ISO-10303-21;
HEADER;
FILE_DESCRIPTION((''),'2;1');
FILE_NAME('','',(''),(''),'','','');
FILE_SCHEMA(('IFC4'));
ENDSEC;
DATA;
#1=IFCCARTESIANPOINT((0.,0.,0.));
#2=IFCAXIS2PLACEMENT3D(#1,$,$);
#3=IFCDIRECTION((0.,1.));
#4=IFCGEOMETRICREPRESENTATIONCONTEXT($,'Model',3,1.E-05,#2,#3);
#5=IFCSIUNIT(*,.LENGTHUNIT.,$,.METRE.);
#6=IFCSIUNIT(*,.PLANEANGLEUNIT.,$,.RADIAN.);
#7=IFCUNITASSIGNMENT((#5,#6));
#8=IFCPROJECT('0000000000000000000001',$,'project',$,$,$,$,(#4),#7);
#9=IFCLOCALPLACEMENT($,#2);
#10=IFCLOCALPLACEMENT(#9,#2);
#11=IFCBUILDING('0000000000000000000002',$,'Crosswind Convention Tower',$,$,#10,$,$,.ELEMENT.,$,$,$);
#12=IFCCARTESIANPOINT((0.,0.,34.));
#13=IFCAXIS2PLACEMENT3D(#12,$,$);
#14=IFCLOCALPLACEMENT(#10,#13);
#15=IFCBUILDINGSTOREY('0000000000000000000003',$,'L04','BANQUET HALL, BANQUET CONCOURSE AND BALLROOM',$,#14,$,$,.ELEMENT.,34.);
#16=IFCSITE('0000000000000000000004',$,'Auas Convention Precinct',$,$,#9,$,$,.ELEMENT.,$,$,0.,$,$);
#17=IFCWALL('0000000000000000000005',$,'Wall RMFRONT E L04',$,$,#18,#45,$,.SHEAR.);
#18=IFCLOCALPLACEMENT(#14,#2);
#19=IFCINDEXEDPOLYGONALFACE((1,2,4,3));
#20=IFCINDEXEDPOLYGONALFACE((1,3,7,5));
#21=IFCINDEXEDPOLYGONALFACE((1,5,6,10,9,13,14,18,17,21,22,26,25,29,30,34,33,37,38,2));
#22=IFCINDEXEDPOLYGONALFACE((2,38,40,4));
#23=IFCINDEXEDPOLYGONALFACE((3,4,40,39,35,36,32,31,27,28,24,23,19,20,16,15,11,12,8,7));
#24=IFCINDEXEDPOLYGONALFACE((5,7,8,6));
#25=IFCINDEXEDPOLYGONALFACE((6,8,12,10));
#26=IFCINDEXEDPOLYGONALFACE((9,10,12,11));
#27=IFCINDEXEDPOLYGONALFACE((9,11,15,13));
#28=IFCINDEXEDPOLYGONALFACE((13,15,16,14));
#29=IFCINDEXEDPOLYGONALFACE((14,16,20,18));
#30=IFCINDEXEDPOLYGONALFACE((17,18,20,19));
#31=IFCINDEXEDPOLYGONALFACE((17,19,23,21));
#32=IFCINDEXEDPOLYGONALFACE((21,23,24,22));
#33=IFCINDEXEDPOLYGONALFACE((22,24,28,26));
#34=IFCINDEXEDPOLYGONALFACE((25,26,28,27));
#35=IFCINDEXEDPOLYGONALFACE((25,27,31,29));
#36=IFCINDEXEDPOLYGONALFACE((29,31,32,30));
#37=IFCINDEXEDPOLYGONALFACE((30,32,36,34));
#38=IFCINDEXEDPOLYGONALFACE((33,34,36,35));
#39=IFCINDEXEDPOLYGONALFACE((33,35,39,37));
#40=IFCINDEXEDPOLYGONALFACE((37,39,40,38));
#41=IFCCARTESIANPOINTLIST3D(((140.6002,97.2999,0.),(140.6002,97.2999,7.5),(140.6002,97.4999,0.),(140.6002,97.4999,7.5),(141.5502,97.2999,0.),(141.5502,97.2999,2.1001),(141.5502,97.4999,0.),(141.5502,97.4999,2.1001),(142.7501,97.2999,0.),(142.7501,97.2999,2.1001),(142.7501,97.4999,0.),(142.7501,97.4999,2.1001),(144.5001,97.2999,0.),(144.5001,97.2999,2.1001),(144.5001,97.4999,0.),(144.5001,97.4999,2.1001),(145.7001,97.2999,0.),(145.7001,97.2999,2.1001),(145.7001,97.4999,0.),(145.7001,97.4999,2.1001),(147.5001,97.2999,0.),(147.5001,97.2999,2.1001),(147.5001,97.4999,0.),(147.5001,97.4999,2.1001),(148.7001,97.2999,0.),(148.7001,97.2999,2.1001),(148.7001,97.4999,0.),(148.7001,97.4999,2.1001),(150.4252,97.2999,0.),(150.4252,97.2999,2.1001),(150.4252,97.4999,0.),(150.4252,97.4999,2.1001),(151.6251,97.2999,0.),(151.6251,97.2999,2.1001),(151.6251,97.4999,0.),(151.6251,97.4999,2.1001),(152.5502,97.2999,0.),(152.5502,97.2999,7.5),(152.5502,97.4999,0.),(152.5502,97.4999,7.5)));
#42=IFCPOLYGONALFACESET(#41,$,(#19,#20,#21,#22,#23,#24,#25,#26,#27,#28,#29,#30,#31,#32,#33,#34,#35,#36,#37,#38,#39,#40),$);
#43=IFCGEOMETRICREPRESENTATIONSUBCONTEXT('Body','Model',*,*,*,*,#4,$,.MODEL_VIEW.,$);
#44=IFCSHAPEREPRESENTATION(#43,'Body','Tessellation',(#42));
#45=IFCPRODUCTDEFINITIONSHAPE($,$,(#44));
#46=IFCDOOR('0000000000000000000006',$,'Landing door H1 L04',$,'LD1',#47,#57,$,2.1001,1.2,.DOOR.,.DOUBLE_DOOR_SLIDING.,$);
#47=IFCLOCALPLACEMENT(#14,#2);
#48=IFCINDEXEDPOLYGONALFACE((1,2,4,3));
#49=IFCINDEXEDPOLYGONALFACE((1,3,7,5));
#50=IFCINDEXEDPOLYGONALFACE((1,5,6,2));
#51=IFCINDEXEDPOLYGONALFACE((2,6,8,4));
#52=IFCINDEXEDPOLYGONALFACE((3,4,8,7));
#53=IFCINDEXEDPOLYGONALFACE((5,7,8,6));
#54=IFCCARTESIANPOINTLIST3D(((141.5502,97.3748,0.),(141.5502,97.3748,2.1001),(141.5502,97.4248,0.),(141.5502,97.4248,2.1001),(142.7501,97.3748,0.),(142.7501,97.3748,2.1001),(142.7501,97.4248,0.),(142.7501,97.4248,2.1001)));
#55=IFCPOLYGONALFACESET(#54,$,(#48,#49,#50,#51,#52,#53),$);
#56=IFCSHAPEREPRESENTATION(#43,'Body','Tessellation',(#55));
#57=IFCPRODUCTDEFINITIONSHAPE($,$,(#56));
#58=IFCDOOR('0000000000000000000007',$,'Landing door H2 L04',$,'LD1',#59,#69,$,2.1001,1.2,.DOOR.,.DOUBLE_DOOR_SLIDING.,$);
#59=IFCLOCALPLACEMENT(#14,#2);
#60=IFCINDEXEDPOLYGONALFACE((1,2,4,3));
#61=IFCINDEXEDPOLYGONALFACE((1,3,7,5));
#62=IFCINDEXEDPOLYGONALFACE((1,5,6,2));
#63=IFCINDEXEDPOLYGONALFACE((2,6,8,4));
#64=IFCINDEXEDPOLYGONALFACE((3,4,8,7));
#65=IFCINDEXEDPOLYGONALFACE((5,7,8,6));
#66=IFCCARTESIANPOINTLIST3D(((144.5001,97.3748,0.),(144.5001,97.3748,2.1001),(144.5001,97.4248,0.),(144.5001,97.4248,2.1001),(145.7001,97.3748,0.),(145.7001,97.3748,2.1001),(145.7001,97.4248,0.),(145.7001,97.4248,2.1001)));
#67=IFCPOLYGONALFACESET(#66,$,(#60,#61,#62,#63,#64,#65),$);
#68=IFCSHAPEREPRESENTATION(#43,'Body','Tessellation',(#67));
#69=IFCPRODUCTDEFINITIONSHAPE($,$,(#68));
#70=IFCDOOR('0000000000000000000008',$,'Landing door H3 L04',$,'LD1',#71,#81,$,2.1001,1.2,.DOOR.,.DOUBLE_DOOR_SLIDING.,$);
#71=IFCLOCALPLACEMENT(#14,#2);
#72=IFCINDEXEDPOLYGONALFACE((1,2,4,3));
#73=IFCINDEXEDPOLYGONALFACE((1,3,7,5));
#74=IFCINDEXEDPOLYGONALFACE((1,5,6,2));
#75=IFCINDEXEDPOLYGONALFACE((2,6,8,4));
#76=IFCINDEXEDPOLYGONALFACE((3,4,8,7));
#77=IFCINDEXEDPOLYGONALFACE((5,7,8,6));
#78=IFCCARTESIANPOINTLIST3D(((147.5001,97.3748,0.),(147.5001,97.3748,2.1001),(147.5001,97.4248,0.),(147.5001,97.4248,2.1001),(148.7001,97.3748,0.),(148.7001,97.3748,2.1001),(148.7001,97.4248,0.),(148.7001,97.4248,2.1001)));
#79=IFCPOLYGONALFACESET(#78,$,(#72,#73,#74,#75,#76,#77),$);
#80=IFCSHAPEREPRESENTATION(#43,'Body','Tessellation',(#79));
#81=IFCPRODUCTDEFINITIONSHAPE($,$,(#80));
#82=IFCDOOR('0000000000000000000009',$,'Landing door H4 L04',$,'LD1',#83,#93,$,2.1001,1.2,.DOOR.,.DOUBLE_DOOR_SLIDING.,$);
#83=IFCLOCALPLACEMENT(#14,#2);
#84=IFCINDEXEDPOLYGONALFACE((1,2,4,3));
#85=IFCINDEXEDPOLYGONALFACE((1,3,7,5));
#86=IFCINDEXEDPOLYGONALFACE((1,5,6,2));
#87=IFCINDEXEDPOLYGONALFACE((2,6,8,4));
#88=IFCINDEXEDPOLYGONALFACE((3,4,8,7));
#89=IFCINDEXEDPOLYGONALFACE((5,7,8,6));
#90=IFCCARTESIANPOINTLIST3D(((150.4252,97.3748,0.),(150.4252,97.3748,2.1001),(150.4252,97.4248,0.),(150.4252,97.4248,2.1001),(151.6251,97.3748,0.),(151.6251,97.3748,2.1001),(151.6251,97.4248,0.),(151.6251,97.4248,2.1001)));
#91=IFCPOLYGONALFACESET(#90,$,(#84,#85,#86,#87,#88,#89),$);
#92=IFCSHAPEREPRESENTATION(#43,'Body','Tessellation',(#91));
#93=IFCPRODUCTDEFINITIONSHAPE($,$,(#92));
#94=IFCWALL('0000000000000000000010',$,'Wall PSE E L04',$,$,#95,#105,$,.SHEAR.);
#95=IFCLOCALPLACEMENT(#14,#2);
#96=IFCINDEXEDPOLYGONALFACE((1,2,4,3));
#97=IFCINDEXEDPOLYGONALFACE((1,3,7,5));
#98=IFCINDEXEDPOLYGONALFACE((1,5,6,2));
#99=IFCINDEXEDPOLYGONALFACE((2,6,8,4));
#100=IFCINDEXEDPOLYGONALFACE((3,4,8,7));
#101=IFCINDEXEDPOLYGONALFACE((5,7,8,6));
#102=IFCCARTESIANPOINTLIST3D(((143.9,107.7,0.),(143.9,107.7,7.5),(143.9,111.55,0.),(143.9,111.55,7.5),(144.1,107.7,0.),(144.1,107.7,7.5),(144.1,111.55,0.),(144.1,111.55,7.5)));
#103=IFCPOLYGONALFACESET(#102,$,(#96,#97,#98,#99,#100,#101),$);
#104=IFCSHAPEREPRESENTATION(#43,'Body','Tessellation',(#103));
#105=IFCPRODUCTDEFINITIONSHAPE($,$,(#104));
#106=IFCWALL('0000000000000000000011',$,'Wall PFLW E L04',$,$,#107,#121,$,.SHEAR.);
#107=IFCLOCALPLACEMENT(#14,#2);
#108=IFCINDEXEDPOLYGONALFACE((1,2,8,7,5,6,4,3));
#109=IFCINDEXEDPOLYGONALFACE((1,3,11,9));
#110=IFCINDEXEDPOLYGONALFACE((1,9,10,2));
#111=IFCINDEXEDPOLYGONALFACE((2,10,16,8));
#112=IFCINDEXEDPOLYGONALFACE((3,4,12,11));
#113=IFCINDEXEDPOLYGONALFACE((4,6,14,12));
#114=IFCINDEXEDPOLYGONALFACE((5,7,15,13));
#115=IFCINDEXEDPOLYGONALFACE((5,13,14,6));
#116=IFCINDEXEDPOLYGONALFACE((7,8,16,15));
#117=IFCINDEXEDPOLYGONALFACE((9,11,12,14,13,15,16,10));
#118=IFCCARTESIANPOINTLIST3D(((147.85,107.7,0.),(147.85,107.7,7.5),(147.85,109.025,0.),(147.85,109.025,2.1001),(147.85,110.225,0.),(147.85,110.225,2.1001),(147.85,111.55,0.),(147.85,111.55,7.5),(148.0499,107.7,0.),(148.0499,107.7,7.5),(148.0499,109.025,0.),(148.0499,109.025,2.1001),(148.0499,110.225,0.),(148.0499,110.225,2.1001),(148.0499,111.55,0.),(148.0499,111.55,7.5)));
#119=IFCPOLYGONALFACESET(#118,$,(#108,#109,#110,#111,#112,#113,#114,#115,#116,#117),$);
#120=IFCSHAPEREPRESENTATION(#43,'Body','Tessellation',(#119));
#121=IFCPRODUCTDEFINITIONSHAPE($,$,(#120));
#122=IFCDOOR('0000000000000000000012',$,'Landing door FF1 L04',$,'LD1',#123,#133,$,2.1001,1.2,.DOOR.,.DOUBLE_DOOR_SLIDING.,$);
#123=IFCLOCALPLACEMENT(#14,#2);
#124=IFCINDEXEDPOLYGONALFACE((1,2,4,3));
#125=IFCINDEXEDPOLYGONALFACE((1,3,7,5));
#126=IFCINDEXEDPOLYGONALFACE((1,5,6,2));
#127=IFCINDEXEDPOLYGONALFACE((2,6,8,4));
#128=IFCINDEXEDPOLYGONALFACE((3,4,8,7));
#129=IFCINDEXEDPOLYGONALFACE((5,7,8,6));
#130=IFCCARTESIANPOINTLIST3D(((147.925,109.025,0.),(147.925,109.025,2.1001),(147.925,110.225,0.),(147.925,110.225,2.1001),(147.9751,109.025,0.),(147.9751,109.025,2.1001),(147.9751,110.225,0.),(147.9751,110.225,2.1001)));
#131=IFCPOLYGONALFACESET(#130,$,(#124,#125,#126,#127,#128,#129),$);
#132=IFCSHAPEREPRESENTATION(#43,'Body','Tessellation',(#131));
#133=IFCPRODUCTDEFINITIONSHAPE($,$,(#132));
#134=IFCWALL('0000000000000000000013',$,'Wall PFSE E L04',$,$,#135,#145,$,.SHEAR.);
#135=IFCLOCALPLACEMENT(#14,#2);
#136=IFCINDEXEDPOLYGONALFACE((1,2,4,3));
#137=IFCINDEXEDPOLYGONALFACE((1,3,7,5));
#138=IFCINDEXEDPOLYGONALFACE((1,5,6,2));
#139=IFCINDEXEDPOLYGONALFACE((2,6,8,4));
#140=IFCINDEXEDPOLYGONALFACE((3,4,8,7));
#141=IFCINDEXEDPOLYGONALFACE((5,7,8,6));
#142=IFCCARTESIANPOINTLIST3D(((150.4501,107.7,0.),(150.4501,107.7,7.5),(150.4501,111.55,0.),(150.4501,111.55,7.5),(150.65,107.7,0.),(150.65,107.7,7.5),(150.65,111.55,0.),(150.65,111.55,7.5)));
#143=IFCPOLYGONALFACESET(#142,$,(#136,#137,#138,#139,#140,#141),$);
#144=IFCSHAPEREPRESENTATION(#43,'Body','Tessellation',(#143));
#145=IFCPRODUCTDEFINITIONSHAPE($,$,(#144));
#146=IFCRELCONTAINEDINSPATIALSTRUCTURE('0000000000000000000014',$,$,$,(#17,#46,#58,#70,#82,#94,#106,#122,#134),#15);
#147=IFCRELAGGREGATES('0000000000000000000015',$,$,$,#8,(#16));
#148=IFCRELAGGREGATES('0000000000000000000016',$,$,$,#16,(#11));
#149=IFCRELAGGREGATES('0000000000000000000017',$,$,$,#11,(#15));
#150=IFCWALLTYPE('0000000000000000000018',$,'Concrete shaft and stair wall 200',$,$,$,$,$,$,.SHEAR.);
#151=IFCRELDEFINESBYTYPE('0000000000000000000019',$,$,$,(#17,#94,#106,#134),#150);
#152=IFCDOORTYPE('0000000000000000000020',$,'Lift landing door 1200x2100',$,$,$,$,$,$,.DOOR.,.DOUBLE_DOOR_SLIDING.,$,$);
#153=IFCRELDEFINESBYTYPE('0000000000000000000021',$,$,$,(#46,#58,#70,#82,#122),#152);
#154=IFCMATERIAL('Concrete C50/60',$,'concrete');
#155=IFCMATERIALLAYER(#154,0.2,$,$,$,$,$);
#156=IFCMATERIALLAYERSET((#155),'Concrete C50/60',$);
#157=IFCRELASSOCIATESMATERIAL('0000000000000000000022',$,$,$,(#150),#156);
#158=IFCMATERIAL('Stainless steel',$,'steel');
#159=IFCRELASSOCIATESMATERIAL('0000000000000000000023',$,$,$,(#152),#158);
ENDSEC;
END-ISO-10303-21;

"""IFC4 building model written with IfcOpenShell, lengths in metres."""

from ifc_helpers import new_model, si_unit, direction, frame, frame_2d, origin, place, context, subcontext, project, spatial, rectangle, extrude, material, layer, layer_set, type_object, element, fill, save


model = new_model("IFC4")

# Units and contexts
model_context = context("Model", 3, precision=1e-05, world=origin(), true_north=direction((0.0, 1.0)))
body_context = subcontext(model_context, "Body", "Model", "MODEL_VIEW")
ifc_project = project(units=[si_unit("LENGTHUNIT", "METRE"), si_unit("PLANEANGLEUNIT", "RADIAN")], contexts=[model_context])

# Site, building, storey
site_placement = place(None, origin())
site = spatial("IfcSite", under=ifc_project, at=site_placement, Name="Auas Convention Precinct", CompositionType="ELEMENT", RefElevation=0.0)
building_placement = place(site_placement, origin())
building = spatial("IfcBuilding", under=site, at=building_placement, Name="Crosswind Convention Tower", CompositionType="ELEMENT")
storey_placement = place(building_placement, frame((0.0, 0.0, 34.0)))
storey = spatial("IfcBuildingStorey", under=building, at=storey_placement, Name="L04", Description="BANQUET HALL, BANQUET CONCOURSE AND BALLROOM", CompositionType="ELEMENT", Elevation=34.0)

# Shared definitions
ifc_material_1 = material(Name="Concrete C50/60", Category="concrete")
ifc_layer_1 = layer(ifc_material_1, 0.2)
ifc_layer_set_1 = layer_set([ifc_layer_1], Name="Concrete C50/60")
wall_type_1 = type_object("IfcWallType", Name="Concrete shaft and stair wall 200", PredefinedType="SHEAR", material=ifc_layer_set_1)

# Wall, openings, doors
wall_1_placement = place(storey_placement, frame((140.6001, 97.3999, 0.0), z_axis=(0.0, 0.0, 1.0), x_axis=(1.0, 0.0, 0.0)))
wall_1 = element("IfcWall", 1, at=wall_1_placement, inside=storey, type_object=wall_type_1, Name="Wall RMFRONT E L04", PredefinedType="SHEAR", context=body_context, shape_type="SweptSolid", body=[
    extrude(rectangle(XDim=11.95, YDim=0.2, at=frame_2d((5.9751, 0.0))), origin(), (0.0, 0.0, 1.0), 7.5),
])
opening_1_placement = place(wall_1_placement, frame((0.95, 0.0, 0.0)))
opening_1 = element("IfcOpeningElement", 2, at=opening_1_placement, cuts=wall_1, PredefinedType="OPENING", context=body_context, shape_type="SweptSolid", body=[
    extrude(rectangle(XDim=1.2, YDim=2.1001, at=frame_2d((0.6001, 1.05))), frame((0.0, 0.1099, 0.0), z_axis=(0.0, -1.0, 0.0), x_axis=(1.0, 0.0, 0.0)), (0.0, 0.0, 1.0), 0.22),
])
opening_2_placement = place(wall_1_placement, frame((3.8999, 0.0, 0.0)))
opening_2 = element("IfcOpeningElement", 3, at=opening_2_placement, cuts=wall_1, PredefinedType="OPENING", context=body_context, shape_type="SweptSolid", body=[
    extrude(rectangle(XDim=1.2, YDim=2.1001, at=frame_2d((0.6001, 1.05))), frame((0.0, 0.1099, 0.0), z_axis=(0.0, -1.0, 0.0), x_axis=(1.0, 0.0, 0.0)), (0.0, 0.0, 1.0), 0.22),
])
opening_3_placement = place(wall_1_placement, frame((6.8999, 0.0, 0.0)))
opening_3 = element("IfcOpeningElement", 4, at=opening_3_placement, cuts=wall_1, PredefinedType="OPENING", context=body_context, shape_type="SweptSolid", body=[
    extrude(rectangle(XDim=1.2, YDim=2.1001, at=frame_2d((0.6001, 1.05))), frame((0.0, 0.1099, 0.0), z_axis=(0.0, -1.0, 0.0), x_axis=(1.0, 0.0, 0.0)), (0.0, 0.0, 1.0), 0.22),
])
opening_4_placement = place(wall_1_placement, frame((9.825, 0.0, 0.0)))
opening_4 = element("IfcOpeningElement", 5, at=opening_4_placement, cuts=wall_1, PredefinedType="OPENING", context=body_context, shape_type="SweptSolid", body=[
    extrude(rectangle(XDim=1.2, YDim=2.1001, at=frame_2d((0.6001, 1.05))), frame((0.0, 0.1099, 0.0), z_axis=(0.0, -1.0, 0.0), x_axis=(1.0, 0.0, 0.0)), (0.0, 0.0, 1.0), 0.22),
])
ifc_material_2 = material(Name="Stainless steel", Category="steel")
door_type_1 = type_object("IfcDoorType", Name="Lift landing door 1200x2100", OperationType="DOUBLE_DOOR_SLIDING", PredefinedType="DOOR", material=ifc_material_2)
door_1_placement = place(opening_1_placement, origin())
door_1 = element("IfcDoor", 6, at=door_1_placement, inside=storey, type_object=door_type_1, Name="Landing door H1 L04", ObjectType="LD1", OperationType="DOUBLE_DOOR_SLIDING", OverallHeight=2.1001, OverallWidth=1.2, PredefinedType="DOOR", context=body_context, shape_type="SweptSolid", body=[
    extrude(rectangle(XDim=1.2, YDim=2.1001, at=frame_2d((0.6001, 1.05))), frame((0.0, 0.0249, 0.0), z_axis=(0.0, -1.0, 0.0), x_axis=(1.0, 0.0, 0.0)), (0.0, 0.0, 1.0), 0.05),
])
fill(opening_1, door_1)
door_2_placement = place(opening_2_placement, origin())
door_2 = element("IfcDoor", 7, at=door_2_placement, inside=storey, type_object=door_type_1, Name="Landing door H2 L04", ObjectType="LD1", OperationType="DOUBLE_DOOR_SLIDING", OverallHeight=2.1001, OverallWidth=1.2, PredefinedType="DOOR", context=body_context, shape_type="SweptSolid", body=[
    extrude(rectangle(XDim=1.2, YDim=2.1001, at=frame_2d((0.6001, 1.05))), frame((0.0, 0.0249, 0.0), z_axis=(0.0, -1.0, 0.0), x_axis=(1.0, 0.0, 0.0)), (0.0, 0.0, 1.0), 0.05),
])
fill(opening_2, door_2)
door_3_placement = place(opening_3_placement, origin())
door_3 = element("IfcDoor", 8, at=door_3_placement, inside=storey, type_object=door_type_1, Name="Landing door H3 L04", ObjectType="LD1", OperationType="DOUBLE_DOOR_SLIDING", OverallHeight=2.1001, OverallWidth=1.2, PredefinedType="DOOR", context=body_context, shape_type="SweptSolid", body=[
    extrude(rectangle(XDim=1.2, YDim=2.1001, at=frame_2d((0.6001, 1.05))), frame((0.0, 0.0249, 0.0), z_axis=(0.0, -1.0, 0.0), x_axis=(1.0, 0.0, 0.0)), (0.0, 0.0, 1.0), 0.05),
])
fill(opening_3, door_3)
door_4_placement = place(opening_4_placement, origin())
door_4 = element("IfcDoor", 9, at=door_4_placement, inside=storey, type_object=door_type_1, Name="Landing door H4 L04", ObjectType="LD1", OperationType="DOUBLE_DOOR_SLIDING", OverallHeight=2.1001, OverallWidth=1.2, PredefinedType="DOOR", context=body_context, shape_type="SweptSolid", body=[
    extrude(rectangle(XDim=1.2, YDim=2.1001, at=frame_2d((0.6001, 1.05))), frame((0.0, 0.0249, 0.0), z_axis=(0.0, -1.0, 0.0), x_axis=(1.0, 0.0, 0.0)), (0.0, 0.0, 1.0), 0.05),
])
fill(opening_4, door_4)

# Wall
wall_2_placement = place(storey_placement, frame((144.0, 107.7, 0.0), z_axis=(0.0, 0.0, 1.0), x_axis=(0.0, 1.0, 0.0)))
element("IfcWall", 10, at=wall_2_placement, inside=storey, type_object=wall_type_1, Name="Wall PSE E L04", PredefinedType="SHEAR", context=body_context, shape_type="SweptSolid", body=[
    extrude(rectangle(XDim=3.8501, YDim=0.2, at=frame_2d((1.925, 0.0))), origin(), (0.0, 0.0, 1.0), 7.5),
])

# Wall, opening, door
wall_3_placement = place(storey_placement, frame((147.95, 107.7, 0.0), z_axis=(0.0, 0.0, 1.0), x_axis=(0.0, 1.0, 0.0)))
wall_3 = element("IfcWall", 11, at=wall_3_placement, inside=storey, type_object=wall_type_1, Name="Wall PFLW E L04", PredefinedType="SHEAR", context=body_context, shape_type="SweptSolid", body=[
    extrude(rectangle(XDim=3.8501, YDim=0.2, at=frame_2d((1.925, 0.0))), origin(), (0.0, 0.0, 1.0), 7.5),
])
opening_5_placement = place(wall_3_placement, frame((1.325, 0.0, 0.0)))
opening_5 = element("IfcOpeningElement", 12, at=opening_5_placement, cuts=wall_3, PredefinedType="OPENING", context=body_context, shape_type="SweptSolid", body=[
    extrude(rectangle(XDim=1.2, YDim=2.1001, at=frame_2d((0.6001, 1.05))), frame((0.0, 0.1099, 0.0), z_axis=(0.0, -1.0, 0.0), x_axis=(1.0, 0.0, 0.0)), (0.0, 0.0, 1.0), 0.22),
])
door_5_placement = place(opening_5_placement, origin())
door_5 = element("IfcDoor", 13, at=door_5_placement, inside=storey, type_object=door_type_1, Name="Landing door FF1 L04", ObjectType="LD1", OperationType="DOUBLE_DOOR_SLIDING", OverallHeight=2.1001, OverallWidth=1.2, PredefinedType="DOOR", context=body_context, shape_type="SweptSolid", body=[
    extrude(rectangle(XDim=1.2, YDim=2.1001, at=frame_2d((0.6001, 1.05))), frame((0.0, 0.0249, 0.0), z_axis=(0.0, -1.0, 0.0), x_axis=(1.0, 0.0, 0.0)), (0.0, 0.0, 1.0), 0.05),
])
fill(opening_5, door_5)

# Wall
wall_4_placement = place(storey_placement, frame((150.55, 107.7, 0.0), z_axis=(0.0, 0.0, 1.0), x_axis=(0.0, 1.0, 0.0)))
element("IfcWall", 14, at=wall_4_placement, inside=storey, type_object=wall_type_1, Name="Wall PFSE E L04", PredefinedType="SHEAR", context=body_context, shape_type="SweptSolid", body=[
    extrude(rectangle(XDim=3.8501, YDim=0.2, at=frame_2d((1.925, 0.0))), origin(), (0.0, 0.0, 1.0), 7.5),
])

save(model, "model.ifc")
